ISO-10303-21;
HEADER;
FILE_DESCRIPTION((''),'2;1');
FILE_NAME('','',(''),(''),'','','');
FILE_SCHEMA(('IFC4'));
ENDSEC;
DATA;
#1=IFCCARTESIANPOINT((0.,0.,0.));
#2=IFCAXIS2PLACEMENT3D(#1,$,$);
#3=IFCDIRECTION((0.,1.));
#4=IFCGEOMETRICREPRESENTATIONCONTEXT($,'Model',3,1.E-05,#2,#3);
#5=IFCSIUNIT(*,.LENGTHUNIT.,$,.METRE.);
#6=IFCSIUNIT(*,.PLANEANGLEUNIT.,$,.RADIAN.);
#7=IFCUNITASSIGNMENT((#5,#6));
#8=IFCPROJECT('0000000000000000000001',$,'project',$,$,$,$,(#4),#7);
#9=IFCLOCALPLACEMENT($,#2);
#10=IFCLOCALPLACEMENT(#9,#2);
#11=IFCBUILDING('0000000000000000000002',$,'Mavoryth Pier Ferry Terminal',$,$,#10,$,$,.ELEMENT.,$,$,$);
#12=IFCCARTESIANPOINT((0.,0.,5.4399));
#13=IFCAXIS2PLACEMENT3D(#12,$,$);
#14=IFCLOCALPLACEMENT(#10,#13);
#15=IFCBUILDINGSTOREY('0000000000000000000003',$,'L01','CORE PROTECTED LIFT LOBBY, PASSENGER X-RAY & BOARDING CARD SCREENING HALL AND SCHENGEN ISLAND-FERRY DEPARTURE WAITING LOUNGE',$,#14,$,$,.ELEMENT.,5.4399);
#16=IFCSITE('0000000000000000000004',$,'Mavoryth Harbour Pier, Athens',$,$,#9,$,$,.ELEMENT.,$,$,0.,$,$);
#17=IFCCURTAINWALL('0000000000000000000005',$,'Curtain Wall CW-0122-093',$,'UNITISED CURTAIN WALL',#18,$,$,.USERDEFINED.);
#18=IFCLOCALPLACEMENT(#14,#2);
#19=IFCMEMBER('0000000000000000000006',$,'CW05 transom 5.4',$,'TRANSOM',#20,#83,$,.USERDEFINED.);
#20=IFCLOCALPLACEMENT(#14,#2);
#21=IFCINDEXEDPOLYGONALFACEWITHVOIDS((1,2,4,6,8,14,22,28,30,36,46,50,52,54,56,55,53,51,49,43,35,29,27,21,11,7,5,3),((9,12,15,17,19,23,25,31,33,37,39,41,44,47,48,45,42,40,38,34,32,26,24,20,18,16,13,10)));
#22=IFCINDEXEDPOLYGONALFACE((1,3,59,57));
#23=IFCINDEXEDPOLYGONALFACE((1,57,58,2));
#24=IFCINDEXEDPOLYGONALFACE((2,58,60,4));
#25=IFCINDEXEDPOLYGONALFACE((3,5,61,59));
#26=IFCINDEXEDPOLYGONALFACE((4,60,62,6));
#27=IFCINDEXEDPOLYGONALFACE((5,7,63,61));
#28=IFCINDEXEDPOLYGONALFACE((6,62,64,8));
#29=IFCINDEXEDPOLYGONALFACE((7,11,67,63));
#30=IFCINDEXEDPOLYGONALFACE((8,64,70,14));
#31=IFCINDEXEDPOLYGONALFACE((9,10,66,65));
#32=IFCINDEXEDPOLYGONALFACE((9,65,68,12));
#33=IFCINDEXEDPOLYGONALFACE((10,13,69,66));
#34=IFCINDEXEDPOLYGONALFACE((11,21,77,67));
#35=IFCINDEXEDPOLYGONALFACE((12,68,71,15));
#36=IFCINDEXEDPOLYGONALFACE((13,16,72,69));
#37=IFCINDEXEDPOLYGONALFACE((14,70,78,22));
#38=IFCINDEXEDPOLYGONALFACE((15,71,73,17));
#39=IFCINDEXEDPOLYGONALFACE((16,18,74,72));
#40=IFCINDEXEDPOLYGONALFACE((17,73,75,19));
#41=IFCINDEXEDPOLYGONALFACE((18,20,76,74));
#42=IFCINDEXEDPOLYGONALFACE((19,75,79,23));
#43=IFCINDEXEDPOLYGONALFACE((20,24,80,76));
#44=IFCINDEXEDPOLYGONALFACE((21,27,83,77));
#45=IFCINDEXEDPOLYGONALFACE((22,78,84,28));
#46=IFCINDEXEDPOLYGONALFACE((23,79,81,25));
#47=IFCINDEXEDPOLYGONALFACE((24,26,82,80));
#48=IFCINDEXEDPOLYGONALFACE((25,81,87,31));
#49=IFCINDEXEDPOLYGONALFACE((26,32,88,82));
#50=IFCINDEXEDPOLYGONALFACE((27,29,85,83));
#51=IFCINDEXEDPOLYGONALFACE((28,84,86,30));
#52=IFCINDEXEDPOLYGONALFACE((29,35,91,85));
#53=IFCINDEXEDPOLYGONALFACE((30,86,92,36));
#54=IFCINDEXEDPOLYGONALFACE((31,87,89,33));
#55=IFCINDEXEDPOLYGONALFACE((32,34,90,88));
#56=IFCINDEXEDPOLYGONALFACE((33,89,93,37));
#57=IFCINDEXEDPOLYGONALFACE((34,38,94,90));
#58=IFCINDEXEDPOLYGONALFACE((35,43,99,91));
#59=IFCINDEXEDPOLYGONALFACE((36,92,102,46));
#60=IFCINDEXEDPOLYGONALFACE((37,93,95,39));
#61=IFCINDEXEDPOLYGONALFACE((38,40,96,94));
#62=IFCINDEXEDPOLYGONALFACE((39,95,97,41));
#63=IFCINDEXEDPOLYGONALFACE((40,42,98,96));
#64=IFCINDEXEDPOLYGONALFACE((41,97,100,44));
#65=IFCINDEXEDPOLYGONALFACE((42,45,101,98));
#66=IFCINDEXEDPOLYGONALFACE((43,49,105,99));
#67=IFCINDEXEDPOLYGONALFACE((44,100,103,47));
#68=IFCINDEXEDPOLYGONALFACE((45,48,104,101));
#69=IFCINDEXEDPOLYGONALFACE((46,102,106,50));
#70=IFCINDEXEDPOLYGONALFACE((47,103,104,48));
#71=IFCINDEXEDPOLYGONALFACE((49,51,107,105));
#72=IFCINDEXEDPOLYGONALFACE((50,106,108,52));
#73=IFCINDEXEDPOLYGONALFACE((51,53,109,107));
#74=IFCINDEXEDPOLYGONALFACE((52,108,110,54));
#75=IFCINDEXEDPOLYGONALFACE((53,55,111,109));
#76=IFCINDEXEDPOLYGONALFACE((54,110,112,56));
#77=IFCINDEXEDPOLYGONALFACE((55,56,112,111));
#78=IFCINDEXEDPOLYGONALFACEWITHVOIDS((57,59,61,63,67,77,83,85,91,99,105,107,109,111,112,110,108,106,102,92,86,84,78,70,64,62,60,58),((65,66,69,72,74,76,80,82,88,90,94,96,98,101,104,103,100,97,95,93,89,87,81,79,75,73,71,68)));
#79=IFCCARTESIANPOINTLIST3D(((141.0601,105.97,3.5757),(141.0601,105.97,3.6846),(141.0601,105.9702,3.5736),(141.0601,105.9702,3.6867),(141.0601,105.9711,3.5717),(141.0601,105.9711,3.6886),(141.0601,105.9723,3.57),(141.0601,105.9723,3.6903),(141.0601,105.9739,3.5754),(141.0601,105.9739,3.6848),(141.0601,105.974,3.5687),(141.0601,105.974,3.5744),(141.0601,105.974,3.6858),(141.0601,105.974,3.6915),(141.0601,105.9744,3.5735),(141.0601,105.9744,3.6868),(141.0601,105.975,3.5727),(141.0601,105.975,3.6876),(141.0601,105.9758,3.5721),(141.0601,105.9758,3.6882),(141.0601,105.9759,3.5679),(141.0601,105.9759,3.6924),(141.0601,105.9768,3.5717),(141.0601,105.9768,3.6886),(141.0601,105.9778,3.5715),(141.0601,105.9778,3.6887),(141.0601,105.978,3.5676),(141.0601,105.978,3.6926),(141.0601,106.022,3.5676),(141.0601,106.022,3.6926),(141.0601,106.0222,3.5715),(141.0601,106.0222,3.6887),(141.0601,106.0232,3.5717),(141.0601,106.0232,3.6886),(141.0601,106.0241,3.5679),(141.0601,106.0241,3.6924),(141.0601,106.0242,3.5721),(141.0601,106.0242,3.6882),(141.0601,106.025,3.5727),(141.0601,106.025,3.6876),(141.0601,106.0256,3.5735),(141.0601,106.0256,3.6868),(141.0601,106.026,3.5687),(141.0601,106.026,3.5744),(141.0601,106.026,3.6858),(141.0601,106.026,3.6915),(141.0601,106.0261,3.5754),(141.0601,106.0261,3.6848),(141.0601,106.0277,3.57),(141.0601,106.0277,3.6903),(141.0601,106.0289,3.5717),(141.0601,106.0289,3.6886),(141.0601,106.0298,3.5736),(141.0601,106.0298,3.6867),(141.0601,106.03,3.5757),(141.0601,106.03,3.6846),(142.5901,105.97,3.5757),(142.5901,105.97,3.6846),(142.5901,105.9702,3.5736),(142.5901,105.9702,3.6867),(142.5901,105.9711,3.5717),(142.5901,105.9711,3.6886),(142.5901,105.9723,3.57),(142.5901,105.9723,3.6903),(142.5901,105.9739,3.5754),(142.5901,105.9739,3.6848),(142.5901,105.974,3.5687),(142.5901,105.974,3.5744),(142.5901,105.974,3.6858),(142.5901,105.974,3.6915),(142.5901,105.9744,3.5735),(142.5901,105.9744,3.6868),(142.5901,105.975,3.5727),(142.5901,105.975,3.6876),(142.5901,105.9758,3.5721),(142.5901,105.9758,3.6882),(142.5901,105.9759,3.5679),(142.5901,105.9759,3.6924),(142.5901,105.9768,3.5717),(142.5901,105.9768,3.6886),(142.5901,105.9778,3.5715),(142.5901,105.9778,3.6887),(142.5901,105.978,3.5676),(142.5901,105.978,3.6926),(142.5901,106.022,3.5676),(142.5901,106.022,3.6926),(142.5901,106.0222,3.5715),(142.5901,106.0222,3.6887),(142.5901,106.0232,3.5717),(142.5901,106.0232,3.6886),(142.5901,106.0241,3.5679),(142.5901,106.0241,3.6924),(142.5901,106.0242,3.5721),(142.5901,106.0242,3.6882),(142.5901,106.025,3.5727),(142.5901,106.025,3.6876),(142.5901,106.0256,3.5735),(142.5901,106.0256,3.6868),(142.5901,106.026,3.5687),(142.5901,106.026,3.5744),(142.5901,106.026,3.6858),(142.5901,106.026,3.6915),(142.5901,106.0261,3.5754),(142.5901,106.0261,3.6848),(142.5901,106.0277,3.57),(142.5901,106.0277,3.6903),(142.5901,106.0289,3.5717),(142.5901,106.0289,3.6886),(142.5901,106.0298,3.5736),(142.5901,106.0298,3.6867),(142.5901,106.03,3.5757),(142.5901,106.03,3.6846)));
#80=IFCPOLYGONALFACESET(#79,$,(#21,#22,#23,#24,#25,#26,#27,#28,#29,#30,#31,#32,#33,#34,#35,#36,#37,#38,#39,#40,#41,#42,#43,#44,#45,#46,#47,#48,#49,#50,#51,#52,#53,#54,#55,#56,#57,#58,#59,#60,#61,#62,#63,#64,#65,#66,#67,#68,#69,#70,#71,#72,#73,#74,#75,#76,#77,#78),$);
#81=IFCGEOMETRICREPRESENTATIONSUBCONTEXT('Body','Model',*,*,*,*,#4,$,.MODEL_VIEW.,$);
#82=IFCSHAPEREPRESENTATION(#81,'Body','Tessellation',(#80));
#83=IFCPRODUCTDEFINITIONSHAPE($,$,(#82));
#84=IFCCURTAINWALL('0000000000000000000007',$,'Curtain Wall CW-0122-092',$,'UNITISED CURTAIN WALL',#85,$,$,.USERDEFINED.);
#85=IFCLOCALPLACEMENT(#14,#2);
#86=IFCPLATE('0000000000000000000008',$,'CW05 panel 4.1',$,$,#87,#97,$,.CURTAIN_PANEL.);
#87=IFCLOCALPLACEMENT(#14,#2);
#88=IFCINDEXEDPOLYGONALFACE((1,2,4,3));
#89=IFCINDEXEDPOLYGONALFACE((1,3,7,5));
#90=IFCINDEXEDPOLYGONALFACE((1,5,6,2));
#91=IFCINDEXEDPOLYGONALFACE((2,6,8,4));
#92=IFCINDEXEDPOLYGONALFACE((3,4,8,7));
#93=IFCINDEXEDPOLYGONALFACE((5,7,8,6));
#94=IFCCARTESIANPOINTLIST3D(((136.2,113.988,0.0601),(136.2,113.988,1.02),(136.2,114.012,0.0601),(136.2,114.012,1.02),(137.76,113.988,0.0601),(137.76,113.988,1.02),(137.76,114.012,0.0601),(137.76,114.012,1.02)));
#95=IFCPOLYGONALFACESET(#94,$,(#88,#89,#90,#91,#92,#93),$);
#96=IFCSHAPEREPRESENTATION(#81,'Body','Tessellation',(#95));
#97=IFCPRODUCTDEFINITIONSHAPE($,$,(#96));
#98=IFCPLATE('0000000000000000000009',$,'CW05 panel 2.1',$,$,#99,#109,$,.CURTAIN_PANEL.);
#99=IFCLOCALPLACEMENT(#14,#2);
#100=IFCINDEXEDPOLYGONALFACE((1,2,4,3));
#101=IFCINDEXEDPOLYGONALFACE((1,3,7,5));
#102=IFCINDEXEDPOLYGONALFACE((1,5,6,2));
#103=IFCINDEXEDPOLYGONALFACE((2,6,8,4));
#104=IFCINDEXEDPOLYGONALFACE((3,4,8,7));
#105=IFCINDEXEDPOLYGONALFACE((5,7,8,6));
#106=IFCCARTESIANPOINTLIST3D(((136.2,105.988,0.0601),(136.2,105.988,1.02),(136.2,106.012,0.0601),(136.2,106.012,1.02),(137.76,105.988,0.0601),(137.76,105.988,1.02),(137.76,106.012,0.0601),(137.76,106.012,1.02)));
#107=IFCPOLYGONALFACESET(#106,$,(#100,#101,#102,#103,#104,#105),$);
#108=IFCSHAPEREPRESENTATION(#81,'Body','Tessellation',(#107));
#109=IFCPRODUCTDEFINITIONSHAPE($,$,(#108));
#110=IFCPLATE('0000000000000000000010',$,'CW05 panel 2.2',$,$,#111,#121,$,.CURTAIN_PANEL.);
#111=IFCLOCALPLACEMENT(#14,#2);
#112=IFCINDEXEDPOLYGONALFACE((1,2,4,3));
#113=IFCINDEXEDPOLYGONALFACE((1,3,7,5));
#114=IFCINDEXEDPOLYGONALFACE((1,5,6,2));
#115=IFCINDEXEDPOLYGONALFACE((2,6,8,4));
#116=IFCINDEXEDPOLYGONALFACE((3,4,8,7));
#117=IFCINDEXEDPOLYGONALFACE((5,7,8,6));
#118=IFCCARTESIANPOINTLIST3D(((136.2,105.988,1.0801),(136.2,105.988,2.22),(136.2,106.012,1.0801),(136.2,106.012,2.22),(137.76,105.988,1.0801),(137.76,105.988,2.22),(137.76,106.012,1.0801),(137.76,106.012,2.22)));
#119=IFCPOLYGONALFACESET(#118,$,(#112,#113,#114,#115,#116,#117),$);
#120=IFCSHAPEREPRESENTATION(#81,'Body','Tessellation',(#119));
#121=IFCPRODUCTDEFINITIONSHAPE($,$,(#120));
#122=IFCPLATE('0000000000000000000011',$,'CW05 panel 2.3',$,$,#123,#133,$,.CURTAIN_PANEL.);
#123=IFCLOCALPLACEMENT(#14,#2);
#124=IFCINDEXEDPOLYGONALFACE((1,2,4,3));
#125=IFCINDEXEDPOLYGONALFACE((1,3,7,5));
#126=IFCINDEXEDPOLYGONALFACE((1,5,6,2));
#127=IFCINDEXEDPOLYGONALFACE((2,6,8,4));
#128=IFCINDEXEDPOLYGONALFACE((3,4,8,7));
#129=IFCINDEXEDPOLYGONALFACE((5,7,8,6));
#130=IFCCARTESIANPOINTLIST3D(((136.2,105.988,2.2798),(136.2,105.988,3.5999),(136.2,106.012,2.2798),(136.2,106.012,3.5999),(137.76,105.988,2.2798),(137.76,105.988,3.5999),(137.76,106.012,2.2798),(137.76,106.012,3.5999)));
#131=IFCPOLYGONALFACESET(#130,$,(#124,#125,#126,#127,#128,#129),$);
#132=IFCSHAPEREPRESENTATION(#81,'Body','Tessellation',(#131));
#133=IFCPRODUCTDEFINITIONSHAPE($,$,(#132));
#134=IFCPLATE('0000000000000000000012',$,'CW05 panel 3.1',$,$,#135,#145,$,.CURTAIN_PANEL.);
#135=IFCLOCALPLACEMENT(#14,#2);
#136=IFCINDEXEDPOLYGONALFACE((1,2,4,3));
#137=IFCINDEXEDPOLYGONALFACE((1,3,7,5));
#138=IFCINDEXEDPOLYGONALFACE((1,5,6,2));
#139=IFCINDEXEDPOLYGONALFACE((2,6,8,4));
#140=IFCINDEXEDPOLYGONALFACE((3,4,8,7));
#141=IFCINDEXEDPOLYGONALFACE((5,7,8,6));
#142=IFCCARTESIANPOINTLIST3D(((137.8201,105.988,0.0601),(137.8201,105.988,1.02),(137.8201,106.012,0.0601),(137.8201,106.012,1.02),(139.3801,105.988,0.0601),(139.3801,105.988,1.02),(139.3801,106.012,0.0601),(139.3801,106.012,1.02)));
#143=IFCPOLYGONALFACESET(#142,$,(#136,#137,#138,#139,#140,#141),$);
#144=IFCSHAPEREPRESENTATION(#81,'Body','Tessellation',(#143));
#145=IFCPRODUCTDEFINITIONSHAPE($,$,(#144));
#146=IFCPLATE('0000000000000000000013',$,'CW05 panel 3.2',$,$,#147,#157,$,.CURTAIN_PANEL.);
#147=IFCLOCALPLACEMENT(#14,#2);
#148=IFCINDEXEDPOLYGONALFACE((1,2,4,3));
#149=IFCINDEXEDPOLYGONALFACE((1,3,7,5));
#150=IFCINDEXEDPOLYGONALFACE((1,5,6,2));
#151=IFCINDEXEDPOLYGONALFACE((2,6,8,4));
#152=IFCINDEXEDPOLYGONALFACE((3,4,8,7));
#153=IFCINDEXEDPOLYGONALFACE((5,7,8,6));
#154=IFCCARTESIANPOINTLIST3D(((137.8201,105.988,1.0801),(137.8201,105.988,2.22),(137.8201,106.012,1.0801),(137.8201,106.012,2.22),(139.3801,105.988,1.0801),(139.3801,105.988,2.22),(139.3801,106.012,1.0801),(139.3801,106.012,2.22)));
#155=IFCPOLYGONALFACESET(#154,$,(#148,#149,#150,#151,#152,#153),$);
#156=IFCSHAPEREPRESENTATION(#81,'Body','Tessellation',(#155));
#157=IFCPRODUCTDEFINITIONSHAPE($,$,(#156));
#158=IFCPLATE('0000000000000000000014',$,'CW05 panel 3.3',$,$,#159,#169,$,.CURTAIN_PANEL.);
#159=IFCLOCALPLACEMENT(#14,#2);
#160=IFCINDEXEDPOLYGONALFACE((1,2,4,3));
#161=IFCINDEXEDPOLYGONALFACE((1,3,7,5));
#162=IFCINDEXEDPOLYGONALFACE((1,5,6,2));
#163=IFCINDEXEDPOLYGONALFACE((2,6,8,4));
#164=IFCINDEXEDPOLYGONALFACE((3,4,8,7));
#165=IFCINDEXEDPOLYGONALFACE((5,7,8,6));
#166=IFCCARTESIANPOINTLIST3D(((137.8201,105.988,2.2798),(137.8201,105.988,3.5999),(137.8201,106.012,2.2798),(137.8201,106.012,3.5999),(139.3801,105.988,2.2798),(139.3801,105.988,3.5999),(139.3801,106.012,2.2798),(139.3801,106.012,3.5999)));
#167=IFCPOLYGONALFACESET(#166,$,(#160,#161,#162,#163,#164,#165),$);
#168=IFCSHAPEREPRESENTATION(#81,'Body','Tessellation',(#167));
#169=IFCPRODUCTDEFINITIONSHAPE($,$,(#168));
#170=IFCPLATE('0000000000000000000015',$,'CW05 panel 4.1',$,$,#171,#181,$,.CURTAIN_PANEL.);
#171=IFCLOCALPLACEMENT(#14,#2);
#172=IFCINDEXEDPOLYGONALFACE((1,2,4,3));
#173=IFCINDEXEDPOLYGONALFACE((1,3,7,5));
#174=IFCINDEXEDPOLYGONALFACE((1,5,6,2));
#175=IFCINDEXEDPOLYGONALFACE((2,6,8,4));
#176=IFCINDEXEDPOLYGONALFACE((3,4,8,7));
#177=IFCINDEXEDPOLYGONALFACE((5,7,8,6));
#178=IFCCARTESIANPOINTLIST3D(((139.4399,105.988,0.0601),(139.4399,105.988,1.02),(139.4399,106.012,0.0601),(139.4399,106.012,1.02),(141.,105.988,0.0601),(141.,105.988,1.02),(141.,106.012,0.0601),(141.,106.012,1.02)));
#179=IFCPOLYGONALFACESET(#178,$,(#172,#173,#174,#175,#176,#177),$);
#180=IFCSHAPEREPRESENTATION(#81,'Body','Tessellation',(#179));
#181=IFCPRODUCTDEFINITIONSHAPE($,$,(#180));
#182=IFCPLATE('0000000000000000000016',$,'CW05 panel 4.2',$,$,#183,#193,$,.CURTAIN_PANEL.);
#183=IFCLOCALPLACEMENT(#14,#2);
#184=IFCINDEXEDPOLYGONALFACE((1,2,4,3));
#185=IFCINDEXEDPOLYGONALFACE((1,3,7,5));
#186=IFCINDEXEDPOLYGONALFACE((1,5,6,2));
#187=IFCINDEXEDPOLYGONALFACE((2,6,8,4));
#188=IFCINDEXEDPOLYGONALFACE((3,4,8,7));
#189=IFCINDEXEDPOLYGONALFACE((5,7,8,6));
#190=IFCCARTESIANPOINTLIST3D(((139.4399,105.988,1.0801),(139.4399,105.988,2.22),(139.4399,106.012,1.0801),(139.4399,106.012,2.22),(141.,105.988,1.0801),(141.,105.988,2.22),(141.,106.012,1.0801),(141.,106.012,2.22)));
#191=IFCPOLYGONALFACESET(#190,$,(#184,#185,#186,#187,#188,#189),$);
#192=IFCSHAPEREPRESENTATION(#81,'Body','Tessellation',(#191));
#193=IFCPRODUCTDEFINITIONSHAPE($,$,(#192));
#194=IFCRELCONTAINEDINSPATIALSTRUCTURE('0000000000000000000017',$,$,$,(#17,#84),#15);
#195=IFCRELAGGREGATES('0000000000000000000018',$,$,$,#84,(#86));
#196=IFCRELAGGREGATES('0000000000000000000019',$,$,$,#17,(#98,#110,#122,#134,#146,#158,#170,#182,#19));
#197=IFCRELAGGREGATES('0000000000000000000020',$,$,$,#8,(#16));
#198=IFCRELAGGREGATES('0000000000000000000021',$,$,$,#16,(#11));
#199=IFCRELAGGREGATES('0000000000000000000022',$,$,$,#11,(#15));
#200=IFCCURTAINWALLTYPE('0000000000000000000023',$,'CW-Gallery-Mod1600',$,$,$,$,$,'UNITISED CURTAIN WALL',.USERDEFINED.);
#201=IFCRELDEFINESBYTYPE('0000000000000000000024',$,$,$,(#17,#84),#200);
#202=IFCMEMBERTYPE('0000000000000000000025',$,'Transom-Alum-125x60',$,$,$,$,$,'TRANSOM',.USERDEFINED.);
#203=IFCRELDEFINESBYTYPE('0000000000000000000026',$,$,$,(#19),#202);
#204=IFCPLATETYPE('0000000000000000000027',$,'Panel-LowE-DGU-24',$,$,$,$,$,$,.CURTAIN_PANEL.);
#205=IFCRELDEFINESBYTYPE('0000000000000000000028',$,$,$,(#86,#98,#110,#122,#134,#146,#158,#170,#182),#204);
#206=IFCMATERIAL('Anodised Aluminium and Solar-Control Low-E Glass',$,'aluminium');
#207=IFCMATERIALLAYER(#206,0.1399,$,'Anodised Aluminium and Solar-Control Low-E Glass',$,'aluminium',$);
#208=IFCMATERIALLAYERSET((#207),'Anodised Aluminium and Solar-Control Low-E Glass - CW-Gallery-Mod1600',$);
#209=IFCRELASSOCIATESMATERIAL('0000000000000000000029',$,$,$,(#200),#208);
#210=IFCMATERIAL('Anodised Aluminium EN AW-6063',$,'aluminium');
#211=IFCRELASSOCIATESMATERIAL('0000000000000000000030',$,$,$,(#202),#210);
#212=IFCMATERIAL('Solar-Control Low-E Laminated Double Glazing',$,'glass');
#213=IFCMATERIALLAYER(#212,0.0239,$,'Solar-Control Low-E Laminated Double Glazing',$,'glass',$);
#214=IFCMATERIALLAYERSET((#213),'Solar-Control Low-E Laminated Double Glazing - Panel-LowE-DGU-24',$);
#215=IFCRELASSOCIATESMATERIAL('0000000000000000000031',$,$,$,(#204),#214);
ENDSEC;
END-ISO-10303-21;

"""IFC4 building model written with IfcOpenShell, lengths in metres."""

from ifc_helpers import new_model, si_unit, direction, frame, origin, origin_2d, place, context, subcontext, project, spatial, rectangle, hollow_rectangle, extrude, material, layer, layer_set, material_profile, profile_set, type_object, element, aggregate, save


model = new_model("IFC4")

# Units and contexts
model_context = context("Model", 3, precision=1e-05, world=origin(), true_north=direction((0.0, 1.0)))
body_context = subcontext(model_context, "Body", "Model", "MODEL_VIEW")
ifc_project = project(units=[si_unit("LENGTHUNIT", "METRE"), si_unit("PLANEANGLEUNIT", "RADIAN")], contexts=[model_context])

# Site, building, storey
site_placement = place(None, origin())
site = spatial("IfcSite", under=ifc_project, at=site_placement, Name="Mavoryth Harbour Pier, Athens", CompositionType="ELEMENT", RefElevation=0.0)
building_placement = place(site_placement, origin())
building = spatial("IfcBuilding", under=site, at=building_placement, Name="Mavoryth Pier Ferry Terminal", CompositionType="ELEMENT")
storey_placement = place(building_placement, frame((0.0, 0.0, 5.4399)))
storey = spatial("IfcBuildingStorey", under=building, at=storey_placement, Name="L01", Description="CORE PROTECTED LIFT LOBBY, PASSENGER X-RAY & BOARDING CARD SCREENING HALL AND SCHENGEN ISLAND-FERRY DEPARTURE WAITING LOUNGE", CompositionType="ELEMENT", Elevation=5.4399)

# Curtain wall, member
ifc_material_1 = material(Name="Anodised Aluminium and Solar-Control Low-E Glass", Category="aluminium")
ifc_layer_1 = layer(ifc_material_1, 0.1399, Name="Anodised Aluminium and Solar-Control Low-E Glass", Category="aluminium")
ifc_layer_set_1 = layer_set([ifc_layer_1], Name="Anodised Aluminium and Solar-Control Low-E Glass - CW-Gallery-Mod1600")
curtain_wall_type = type_object("IfcCurtainWallType", Name="CW-Gallery-Mod1600", ElementType="UNITISED CURTAIN WALL", PredefinedType="USERDEFINED", material=ifc_layer_set_1)
curtain_wall_1_placement = place(storey_placement, origin())
curtain_wall_1 = element("IfcCurtainWall", 1, at=curtain_wall_1_placement, inside=storey, type_object=curtain_wall_type, Name="Curtain Wall CW-0122-093", ObjectType="UNITISED CURTAIN WALL", PredefinedType="USERDEFINED")
ifc_material_2 = material(Name="Anodised Aluminium EN AW-6063", Category="aluminium")
ifc_material_profile_1 = material_profile(ifc_material_2, hollow_rectangle(XDim=0.0601, YDim=0.125, WallThickness=0.0039, InnerFilletRadius=0.0039, OuterFilletRadius=0.0081, at=origin_2d()), Name="AL-TRAN 125x60x4", Category="aluminium")
ifc_profile_set_1 = profile_set([ifc_material_profile_1], Name="Anodised Aluminium EN AW-6063 - AL-TRAN 125x60x4")
member_type_1 = type_object("IfcMemberType", Name="Transom-Alum-125x60", ElementType="TRANSOM", PredefinedType="USERDEFINED", material=ifc_profile_set_1)
member_1_placement = place(storey_placement, frame((141.0601, 106.0, 3.6301), z_axis=(1.0, 0.0, 0.0), x_axis=(0.0, 1.0, 0.0)))
member_1 = element("IfcMember", 2, at=member_1_placement, type_object=member_type_1, Name="CW05 transom 5.4", ObjectType="TRANSOM", PredefinedType="USERDEFINED", context=body_context, shape_type="SweptSolid", body=[
    extrude(hollow_rectangle(XDim=0.0601, YDim=0.125, WallThickness=0.0039, InnerFilletRadius=0.0039, OuterFilletRadius=0.0081, at=origin_2d()), origin(), (0.0, 0.0, 1.0), 1.53),
])

# Curtain wall, plate
curtain_wall_2_placement = place(storey_placement, origin())
curtain_wall_2 = element("IfcCurtainWall", 3, at=curtain_wall_2_placement, inside=storey, type_object=curtain_wall_type, Name="Curtain Wall CW-0122-092", ObjectType="UNITISED CURTAIN WALL", PredefinedType="USERDEFINED")
ifc_material_3 = material(Name="Solar-Control Low-E Laminated Double Glazing", Category="glass")
ifc_layer_2 = layer(ifc_material_3, 0.0239, Name="Solar-Control Low-E Laminated Double Glazing", Category="glass")
ifc_layer_set_2 = layer_set([ifc_layer_2], Name="Solar-Control Low-E Laminated Double Glazing - Panel-LowE-DGU-24")
plate_type = type_object("IfcPlateType", Name="Panel-LowE-DGU-24", PredefinedType="CURTAIN_PANEL", material=ifc_layer_set_2)
plate_1_placement = place(storey_placement, frame((136.98, 114.0, 0.0601), z_axis=(0.0, 0.0, 1.0), x_axis=(-1.0, 0.0, 0.0)))
plate_1 = element("IfcPlate", 4, at=plate_1_placement, type_object=plate_type, Name="CW05 panel 4.1", PredefinedType="CURTAIN_PANEL", context=body_context, shape_type="SweptSolid", body=[
    extrude(rectangle(XDim=1.5601, YDim=0.0239, at=origin_2d()), origin(), (0.0, 0.0, 1.0), 0.96),
])
aggregate(curtain_wall_2, [plate_1])

# Plates
plate_2_placement = place(storey_placement, frame((136.98, 106.0, 0.0601), z_axis=(0.0, 0.0, 1.0), x_axis=(1.0, 0.0, 0.0)))
plate_2 = element("IfcPlate", 5, at=plate_2_placement, type_object=plate_type, Name="CW05 panel 2.1", PredefinedType="CURTAIN_PANEL", context=body_context, shape_type="SweptSolid", body=[
    extrude(rectangle(XDim=1.5601, YDim=0.0239, at=origin_2d()), origin(), (0.0, 0.0, 1.0), 0.96),
])
plate_3_placement = place(storey_placement, frame((136.98, 106.0, 1.0801), z_axis=(0.0, 0.0, 1.0), x_axis=(1.0, 0.0, 0.0)))
plate_3 = element("IfcPlate", 6, at=plate_3_placement, type_object=plate_type, Name="CW05 panel 2.2", PredefinedType="CURTAIN_PANEL", context=body_context, shape_type="SweptSolid", body=[
    extrude(rectangle(XDim=1.5601, YDim=0.0239, at=origin_2d()), origin(), (0.0, 0.0, 1.0), 1.1399),
])
plate_4_placement = place(storey_placement, frame((136.98, 106.0, 2.2798), z_axis=(0.0, 0.0, 1.0), x_axis=(1.0, 0.0, 0.0)))
plate_4 = element("IfcPlate", 7, at=plate_4_placement, type_object=plate_type, Name="CW05 panel 2.3", PredefinedType="CURTAIN_PANEL", context=body_context, shape_type="SweptSolid", body=[
    extrude(rectangle(XDim=1.5601, YDim=0.0239, at=origin_2d()), origin(), (0.0, 0.0, 1.0), 1.3201),
])
plate_5_placement = place(storey_placement, frame((138.6001, 106.0, 0.0601), z_axis=(0.0, 0.0, 1.0), x_axis=(1.0, 0.0, 0.0)))
plate_5 = element("IfcPlate", 8, at=plate_5_placement, type_object=plate_type, Name="CW05 panel 3.1", PredefinedType="CURTAIN_PANEL", context=body_context, shape_type="SweptSolid", body=[
    extrude(rectangle(XDim=1.5601, YDim=0.0239, at=origin_2d()), origin(), (0.0, 0.0, 1.0), 0.96),
])
plate_6_placement = place(storey_placement, frame((138.6001, 106.0, 1.0801), z_axis=(0.0, 0.0, 1.0), x_axis=(1.0, 0.0, 0.0)))
plate_6 = element("IfcPlate", 9, at=plate_6_placement, type_object=plate_type, Name="CW05 panel 3.2", PredefinedType="CURTAIN_PANEL", context=body_context, shape_type="SweptSolid", body=[
    extrude(rectangle(XDim=1.5601, YDim=0.0239, at=origin_2d()), origin(), (0.0, 0.0, 1.0), 1.1399),
])
plate_7_placement = place(storey_placement, frame((138.6001, 106.0, 2.2798), z_axis=(0.0, 0.0, 1.0), x_axis=(1.0, 0.0, 0.0)))
plate_7 = element("IfcPlate", 10, at=plate_7_placement, type_object=plate_type, Name="CW05 panel 3.3", PredefinedType="CURTAIN_PANEL", context=body_context, shape_type="SweptSolid", body=[
    extrude(rectangle(XDim=1.5601, YDim=0.0239, at=origin_2d()), origin(), (0.0, 0.0, 1.0), 1.3201),
])
plate_8_placement = place(storey_placement, frame((140.22, 106.0, 0.0601), z_axis=(0.0, 0.0, 1.0), x_axis=(1.0, 0.0, 0.0)))
plate_8 = element("IfcPlate", 11, at=plate_8_placement, type_object=plate_type, Name="CW05 panel 4.1", PredefinedType="CURTAIN_PANEL", context=body_context, shape_type="SweptSolid", body=[
    extrude(rectangle(XDim=1.5601, YDim=0.0239, at=origin_2d()), origin(), (0.0, 0.0, 1.0), 0.96),
])
plate_9_placement = place(storey_placement, frame((140.22, 106.0, 1.0801), z_axis=(0.0, 0.0, 1.0), x_axis=(1.0, 0.0, 0.0)))
plate_9 = element("IfcPlate", 12, at=plate_9_placement, type_object=plate_type, Name="CW05 panel 4.2", PredefinedType="CURTAIN_PANEL", context=body_context, shape_type="SweptSolid", body=[
    extrude(rectangle(XDim=1.5601, YDim=0.0239, at=origin_2d()), origin(), (0.0, 0.0, 1.0), 1.1399),
])
aggregate(curtain_wall_1, [plate_2, plate_3, plate_4, plate_5, plate_6, plate_7, plate_8, plate_9, member_1])

save(model, "model.ifc")
